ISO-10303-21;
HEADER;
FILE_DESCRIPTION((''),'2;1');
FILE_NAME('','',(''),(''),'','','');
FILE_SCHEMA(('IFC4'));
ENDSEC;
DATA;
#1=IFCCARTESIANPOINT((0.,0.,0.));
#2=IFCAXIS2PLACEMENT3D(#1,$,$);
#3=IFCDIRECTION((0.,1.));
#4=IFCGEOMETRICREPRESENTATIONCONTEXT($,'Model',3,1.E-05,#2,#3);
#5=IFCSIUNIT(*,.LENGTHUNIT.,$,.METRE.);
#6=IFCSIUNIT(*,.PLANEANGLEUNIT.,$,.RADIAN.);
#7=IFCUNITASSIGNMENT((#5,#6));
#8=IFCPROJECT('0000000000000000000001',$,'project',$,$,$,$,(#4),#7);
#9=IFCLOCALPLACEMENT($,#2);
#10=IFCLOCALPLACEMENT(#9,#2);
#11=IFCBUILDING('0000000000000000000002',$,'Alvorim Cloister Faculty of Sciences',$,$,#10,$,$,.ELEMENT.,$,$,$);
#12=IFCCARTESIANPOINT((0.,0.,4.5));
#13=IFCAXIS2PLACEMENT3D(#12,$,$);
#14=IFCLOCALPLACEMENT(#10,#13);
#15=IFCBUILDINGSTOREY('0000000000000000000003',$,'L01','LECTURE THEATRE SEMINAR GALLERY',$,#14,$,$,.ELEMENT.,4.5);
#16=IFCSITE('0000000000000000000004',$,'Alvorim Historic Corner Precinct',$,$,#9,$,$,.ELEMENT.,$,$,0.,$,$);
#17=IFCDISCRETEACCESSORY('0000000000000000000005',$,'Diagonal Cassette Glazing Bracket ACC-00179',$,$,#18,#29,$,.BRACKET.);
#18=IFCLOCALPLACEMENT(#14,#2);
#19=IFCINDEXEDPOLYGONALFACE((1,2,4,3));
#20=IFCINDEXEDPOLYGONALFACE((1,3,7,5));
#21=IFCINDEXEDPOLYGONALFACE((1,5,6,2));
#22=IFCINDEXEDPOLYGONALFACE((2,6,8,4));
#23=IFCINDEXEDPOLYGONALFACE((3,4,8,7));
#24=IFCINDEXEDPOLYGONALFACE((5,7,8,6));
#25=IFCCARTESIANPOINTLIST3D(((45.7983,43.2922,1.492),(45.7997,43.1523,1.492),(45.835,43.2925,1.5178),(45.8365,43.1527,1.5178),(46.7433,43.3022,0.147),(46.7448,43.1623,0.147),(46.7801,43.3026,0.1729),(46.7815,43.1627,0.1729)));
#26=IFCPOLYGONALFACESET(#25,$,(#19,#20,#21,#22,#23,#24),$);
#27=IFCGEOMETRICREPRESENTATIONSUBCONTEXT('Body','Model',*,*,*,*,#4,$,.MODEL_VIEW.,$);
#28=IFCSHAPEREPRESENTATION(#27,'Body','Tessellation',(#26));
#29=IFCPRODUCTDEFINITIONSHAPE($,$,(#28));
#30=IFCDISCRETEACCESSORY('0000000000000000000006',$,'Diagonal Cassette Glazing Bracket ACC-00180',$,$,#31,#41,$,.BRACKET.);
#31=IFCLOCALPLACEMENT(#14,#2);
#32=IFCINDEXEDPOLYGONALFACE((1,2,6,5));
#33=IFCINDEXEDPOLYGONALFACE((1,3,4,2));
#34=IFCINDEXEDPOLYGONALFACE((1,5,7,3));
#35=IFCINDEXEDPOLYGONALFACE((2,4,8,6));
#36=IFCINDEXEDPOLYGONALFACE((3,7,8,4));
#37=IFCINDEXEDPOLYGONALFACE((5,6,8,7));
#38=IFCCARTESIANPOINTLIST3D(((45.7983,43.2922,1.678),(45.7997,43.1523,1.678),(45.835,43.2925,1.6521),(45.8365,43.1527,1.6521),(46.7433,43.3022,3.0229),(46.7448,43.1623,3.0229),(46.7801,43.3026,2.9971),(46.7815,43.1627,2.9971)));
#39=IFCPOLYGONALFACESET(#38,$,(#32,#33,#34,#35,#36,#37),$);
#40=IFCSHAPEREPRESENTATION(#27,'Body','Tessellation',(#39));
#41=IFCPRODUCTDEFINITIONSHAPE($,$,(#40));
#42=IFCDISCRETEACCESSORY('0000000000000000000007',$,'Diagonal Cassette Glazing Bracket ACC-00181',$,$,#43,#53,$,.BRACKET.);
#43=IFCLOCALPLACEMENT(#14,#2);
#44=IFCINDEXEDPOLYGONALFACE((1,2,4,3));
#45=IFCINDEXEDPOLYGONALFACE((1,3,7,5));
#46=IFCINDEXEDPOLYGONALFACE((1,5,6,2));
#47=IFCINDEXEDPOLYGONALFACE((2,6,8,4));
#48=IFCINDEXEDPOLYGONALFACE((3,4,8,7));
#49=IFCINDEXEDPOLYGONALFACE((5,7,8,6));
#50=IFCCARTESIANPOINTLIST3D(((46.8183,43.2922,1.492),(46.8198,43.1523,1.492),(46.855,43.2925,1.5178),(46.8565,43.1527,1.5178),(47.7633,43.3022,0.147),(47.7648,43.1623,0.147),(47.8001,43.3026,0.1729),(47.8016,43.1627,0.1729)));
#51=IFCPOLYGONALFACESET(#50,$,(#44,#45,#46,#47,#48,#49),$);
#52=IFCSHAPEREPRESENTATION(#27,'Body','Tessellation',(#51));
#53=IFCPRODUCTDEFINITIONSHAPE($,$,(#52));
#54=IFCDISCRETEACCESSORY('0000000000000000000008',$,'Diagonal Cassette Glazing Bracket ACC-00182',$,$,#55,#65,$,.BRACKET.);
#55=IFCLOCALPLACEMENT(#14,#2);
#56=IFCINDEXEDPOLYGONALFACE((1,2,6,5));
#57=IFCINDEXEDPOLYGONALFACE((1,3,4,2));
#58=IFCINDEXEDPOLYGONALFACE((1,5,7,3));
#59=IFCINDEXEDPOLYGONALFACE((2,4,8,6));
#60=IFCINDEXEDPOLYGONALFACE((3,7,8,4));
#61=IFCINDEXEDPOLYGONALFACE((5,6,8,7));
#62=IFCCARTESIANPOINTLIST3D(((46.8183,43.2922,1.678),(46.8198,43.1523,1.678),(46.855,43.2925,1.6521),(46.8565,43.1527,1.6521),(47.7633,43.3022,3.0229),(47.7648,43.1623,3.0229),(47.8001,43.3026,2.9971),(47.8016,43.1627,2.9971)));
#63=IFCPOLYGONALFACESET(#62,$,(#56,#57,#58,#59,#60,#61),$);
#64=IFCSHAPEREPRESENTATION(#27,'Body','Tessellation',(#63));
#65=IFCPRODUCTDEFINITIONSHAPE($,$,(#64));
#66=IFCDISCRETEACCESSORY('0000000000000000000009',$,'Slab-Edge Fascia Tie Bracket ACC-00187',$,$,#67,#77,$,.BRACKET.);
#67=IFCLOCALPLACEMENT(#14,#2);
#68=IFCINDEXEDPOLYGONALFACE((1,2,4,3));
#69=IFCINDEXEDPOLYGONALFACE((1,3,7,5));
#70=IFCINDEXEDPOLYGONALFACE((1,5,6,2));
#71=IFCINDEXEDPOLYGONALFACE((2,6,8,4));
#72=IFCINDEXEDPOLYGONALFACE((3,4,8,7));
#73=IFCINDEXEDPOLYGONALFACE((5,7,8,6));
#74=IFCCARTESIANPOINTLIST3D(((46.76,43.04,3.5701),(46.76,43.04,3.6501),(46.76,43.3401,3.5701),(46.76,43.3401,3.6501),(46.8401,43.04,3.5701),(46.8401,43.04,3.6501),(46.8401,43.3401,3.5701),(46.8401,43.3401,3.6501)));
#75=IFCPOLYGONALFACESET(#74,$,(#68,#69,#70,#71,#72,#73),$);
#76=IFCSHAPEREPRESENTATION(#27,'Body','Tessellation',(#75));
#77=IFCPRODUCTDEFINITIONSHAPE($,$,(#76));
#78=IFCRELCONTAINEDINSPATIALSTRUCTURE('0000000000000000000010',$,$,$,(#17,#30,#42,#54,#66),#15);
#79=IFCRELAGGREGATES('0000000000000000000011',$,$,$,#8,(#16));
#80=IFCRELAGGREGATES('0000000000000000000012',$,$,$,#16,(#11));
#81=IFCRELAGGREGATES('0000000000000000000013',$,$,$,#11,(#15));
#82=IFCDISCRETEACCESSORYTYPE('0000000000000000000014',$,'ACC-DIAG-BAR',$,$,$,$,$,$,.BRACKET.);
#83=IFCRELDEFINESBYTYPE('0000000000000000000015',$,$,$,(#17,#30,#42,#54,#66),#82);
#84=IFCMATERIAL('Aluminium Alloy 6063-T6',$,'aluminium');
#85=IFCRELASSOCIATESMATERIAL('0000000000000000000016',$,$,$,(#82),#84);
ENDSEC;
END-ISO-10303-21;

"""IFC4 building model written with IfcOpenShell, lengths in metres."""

from ifc_helpers import new_model, si_unit, direction, frame, origin, origin_2d, place, context, subcontext, project, spatial, rectangle, extrude, material, type_object, element, save


model = new_model("IFC4")

# Units and contexts
model_context = context("Model", 3, precision=1e-05, world=origin(), true_north=direction((0.0, 1.0)))
body_context = subcontext(model_context, "Body", "Model", "MODEL_VIEW")
ifc_project = project(units=[si_unit("LENGTHUNIT", "METRE"), si_unit("PLANEANGLEUNIT", "RADIAN")], contexts=[model_context])

# Site, building, storey
site_placement = place(None, origin())
site = spatial("IfcSite", under=ifc_project, at=site_placement, Name="Alvorim Historic Corner Precinct", CompositionType="ELEMENT", RefElevation=0.0)
building_placement = place(site_placement, origin())
building = spatial("IfcBuilding", under=site, at=building_placement, Name="Alvorim Cloister Faculty of Sciences", CompositionType="ELEMENT")
storey_placement = place(building_placement, frame((0.0, 0.0, 4.5)))
storey = spatial("IfcBuildingStorey", under=building, at=storey_placement, Name="L01", Description="LECTURE THEATRE SEMINAR GALLERY", CompositionType="ELEMENT", Elevation=4.5)

# Shared definitions
ifc_material_1 = material(Name="Aluminium Alloy 6063-T6", Category="aluminium")

# Discrete accessories
discrete_accessory_type = type_object("IfcDiscreteAccessoryType", Name="ACC-DIAG-BAR", PredefinedType="BRACKET", material=ifc_material_1)
for number, where, z_axis, x_axis, name in (
    (1, (45.8174, 43.2224, 1.5049), (0.574916, 0.006089, -0.81819), (-0.010591, 0.999944, 0.0), "Diagonal Cassette Glazing Bracket ACC-00179"),
    (2, (45.8174, 43.2224, 1.665), (0.574916, 0.006089, 0.81819), (-0.010591, 0.999944, 0.0), "Diagonal Cassette Glazing Bracket ACC-00180"),
    (3, (46.8374, 43.2224, 1.5049), (0.574916, 0.006089, -0.81819), (-0.010591, 0.999944, 0.0), "Diagonal Cassette Glazing Bracket ACC-00181"),
    (4, (46.8374, 43.2224, 1.665), (0.574916, 0.006089, 0.81819), (-0.010591, 0.999944, 0.0), "Diagonal Cassette Glazing Bracket ACC-00182"),
):
    element("IfcDiscreteAccessory", number, at=place(storey_placement, frame(where, z_axis=z_axis, x_axis=x_axis)), inside=storey, type_object=discrete_accessory_type, Name=name, PredefinedType="BRACKET", context=body_context, shape_type="SweptSolid", body=[
        extrude(rectangle(XDim=0.1399, YDim=0.0449, at=origin_2d()), origin(), (0.0, 0.0, 1.0), 1.6438),
    ])
discrete_accessory_placement = place(storey_placement, frame((46.8, 43.3401, 3.6101), z_axis=(0.0, -1.0, 0.0), x_axis=(1.0, 0.0, 0.0)))
element("IfcDiscreteAccessory", 5, at=discrete_accessory_placement, inside=storey, type_object=discrete_accessory_type, Name="Slab-Edge Fascia Tie Bracket ACC-00187", PredefinedType="BRACKET", context=body_context, shape_type="SweptSolid", body=[
    extrude(rectangle(XDim=0.0801, YDim=0.0801, at=origin_2d()), origin(), (0.0, 0.0, 1.0), 0.3),
])

save(model, "model.ifc")
